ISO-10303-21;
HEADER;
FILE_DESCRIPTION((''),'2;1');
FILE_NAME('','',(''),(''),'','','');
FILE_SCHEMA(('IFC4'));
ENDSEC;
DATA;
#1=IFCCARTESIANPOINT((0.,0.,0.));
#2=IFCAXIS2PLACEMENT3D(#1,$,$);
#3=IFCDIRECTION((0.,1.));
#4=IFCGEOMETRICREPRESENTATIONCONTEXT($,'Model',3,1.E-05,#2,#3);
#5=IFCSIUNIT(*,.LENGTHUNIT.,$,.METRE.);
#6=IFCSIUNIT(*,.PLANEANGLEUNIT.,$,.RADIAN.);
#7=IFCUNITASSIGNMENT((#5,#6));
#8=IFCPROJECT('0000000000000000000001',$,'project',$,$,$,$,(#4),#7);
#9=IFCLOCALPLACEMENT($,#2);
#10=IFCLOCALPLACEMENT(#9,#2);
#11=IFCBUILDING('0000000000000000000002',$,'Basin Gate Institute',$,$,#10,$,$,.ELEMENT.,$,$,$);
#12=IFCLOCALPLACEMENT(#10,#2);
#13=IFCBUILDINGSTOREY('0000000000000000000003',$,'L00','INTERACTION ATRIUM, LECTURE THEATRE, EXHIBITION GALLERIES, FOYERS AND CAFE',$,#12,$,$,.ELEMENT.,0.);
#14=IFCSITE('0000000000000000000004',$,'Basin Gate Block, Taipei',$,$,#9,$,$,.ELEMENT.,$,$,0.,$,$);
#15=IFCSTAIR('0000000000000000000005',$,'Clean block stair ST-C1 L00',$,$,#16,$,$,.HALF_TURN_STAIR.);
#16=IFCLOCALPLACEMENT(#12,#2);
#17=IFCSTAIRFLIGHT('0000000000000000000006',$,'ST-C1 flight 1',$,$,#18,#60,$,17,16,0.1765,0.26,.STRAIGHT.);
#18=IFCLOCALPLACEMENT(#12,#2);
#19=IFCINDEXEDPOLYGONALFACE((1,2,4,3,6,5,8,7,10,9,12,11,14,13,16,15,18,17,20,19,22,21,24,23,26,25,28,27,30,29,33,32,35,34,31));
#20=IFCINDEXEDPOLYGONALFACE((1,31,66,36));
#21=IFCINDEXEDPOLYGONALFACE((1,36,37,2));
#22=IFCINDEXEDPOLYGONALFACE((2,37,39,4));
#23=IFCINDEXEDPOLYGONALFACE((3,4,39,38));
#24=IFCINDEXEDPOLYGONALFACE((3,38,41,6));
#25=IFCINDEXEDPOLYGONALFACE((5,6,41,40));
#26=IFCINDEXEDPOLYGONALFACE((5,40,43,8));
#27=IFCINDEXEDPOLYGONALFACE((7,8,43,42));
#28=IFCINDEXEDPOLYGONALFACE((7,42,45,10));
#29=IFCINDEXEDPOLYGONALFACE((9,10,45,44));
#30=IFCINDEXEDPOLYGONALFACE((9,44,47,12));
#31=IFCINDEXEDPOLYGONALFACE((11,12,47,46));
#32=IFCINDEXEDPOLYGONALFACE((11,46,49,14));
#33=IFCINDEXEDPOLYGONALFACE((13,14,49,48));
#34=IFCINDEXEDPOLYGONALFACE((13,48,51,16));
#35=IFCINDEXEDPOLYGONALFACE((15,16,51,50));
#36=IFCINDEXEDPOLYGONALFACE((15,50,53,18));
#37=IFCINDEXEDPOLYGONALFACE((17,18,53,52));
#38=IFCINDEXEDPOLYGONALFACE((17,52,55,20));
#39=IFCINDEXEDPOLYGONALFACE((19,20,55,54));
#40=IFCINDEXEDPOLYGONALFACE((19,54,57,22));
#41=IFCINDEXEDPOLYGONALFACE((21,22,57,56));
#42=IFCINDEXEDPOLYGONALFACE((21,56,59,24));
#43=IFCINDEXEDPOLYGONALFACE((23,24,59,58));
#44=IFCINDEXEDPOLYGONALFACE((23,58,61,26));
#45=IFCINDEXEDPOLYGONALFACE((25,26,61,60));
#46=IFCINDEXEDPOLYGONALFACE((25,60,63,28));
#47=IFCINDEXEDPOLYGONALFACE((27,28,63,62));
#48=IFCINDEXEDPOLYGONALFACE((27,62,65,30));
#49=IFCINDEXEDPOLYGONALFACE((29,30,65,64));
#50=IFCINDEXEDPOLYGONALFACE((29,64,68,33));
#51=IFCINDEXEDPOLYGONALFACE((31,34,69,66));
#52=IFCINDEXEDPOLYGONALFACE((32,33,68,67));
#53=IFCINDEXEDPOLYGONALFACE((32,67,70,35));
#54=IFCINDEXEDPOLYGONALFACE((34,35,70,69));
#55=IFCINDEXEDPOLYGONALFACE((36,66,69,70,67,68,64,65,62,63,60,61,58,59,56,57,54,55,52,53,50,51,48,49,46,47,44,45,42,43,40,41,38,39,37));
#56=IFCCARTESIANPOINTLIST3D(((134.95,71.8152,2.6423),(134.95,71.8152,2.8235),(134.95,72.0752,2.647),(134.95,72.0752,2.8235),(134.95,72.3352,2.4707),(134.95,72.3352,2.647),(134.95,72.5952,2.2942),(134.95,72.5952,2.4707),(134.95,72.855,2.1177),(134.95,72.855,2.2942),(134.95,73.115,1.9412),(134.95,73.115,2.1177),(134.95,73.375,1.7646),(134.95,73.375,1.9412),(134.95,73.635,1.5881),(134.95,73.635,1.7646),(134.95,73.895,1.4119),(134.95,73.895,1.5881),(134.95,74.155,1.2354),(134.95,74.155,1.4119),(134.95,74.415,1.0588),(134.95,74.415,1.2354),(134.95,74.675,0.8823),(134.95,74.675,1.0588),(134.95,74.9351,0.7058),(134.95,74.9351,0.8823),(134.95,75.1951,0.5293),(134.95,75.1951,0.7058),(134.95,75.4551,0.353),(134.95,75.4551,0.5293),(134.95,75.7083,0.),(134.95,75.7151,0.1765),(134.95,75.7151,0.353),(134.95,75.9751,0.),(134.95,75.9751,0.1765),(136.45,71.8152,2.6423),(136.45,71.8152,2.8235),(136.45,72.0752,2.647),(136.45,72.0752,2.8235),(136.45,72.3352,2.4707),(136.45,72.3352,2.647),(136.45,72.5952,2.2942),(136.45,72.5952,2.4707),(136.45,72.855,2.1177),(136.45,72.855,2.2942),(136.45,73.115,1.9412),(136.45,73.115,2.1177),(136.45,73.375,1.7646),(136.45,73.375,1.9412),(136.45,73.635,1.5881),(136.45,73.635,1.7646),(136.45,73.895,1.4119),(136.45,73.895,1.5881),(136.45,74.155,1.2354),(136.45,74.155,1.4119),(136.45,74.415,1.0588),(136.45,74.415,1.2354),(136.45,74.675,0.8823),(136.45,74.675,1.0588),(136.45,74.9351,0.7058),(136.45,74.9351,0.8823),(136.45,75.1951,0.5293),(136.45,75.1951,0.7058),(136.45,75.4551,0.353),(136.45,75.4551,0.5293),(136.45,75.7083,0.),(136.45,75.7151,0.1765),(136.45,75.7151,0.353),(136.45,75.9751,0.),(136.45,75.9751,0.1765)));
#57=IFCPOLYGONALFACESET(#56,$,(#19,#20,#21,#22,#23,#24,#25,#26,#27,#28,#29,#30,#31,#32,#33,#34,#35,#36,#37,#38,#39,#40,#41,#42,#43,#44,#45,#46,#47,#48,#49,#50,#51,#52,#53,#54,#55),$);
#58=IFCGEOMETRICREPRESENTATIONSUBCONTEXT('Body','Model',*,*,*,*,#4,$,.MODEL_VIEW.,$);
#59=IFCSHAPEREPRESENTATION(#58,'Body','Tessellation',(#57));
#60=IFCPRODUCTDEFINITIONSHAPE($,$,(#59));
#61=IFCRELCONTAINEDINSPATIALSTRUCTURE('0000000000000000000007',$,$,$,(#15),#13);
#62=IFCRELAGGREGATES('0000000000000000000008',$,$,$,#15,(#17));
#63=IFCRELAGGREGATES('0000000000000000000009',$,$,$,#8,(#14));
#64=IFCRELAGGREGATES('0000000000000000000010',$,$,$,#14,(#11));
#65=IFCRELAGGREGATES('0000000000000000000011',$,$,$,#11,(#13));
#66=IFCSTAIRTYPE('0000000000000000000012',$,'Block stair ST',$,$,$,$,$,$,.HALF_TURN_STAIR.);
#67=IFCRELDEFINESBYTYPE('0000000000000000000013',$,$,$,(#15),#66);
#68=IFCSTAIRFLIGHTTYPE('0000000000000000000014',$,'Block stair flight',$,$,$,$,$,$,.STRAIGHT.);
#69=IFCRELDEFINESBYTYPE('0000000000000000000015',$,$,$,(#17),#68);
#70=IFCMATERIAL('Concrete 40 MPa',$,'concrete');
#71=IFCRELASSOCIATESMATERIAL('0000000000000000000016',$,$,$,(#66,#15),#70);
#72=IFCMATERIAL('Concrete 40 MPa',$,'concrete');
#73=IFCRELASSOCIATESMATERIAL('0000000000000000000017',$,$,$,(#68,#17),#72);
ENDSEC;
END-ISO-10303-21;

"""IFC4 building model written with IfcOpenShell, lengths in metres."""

from ifc_helpers import new_model, si_unit, direction, frame, origin, place, context, subcontext, project, spatial, polyline, outline, extrude, material, type_object, element, aggregate, save


model = new_model("IFC4")

# Units and contexts
model_context = context("Model", 3, precision=1e-05, world=origin(), true_north=direction((0.0, 1.0)))
body_context = subcontext(model_context, "Body", "Model", "MODEL_VIEW")
ifc_project = project(units=[si_unit("LENGTHUNIT", "METRE"), si_unit("PLANEANGLEUNIT", "RADIAN")], contexts=[model_context])

# Site, building, storey
site_placement = place(None, origin())
site = spatial("IfcSite", under=ifc_project, at=site_placement, Name="Basin Gate Block, Taipei", CompositionType="ELEMENT", RefElevation=0.0)
building_placement = place(site_placement, origin())
building = spatial("IfcBuilding", under=site, at=building_placement, Name="Basin Gate Institute", CompositionType="ELEMENT")
storey_placement = place(building_placement, origin())
storey = spatial("IfcBuildingStorey", under=building, at=storey_placement, Name="L00", Description="INTERACTION ATRIUM, LECTURE THEATRE, EXHIBITION GALLERIES, FOYERS AND CAFE", CompositionType="ELEMENT", Elevation=0.0)

# Stair, stair flight
ifc_material_1 = material(Name="Concrete 40 MPa", Category="concrete")
stair_type = type_object("IfcStairType", Name="Block stair ST", PredefinedType="HALF_TURN_STAIR", material=ifc_material_1)
stair_placement = place(storey_placement, origin())
stair = element("IfcStair", 1, at=stair_placement, inside=storey, type_object=stair_type, material=ifc_material_1, Name="Clean block stair ST-C1 L00", PredefinedType="HALF_TURN_STAIR")
ifc_material_2 = material(Name="Concrete 40 MPa", Category="concrete")
stair_flight_type = type_object("IfcStairFlightType", Name="Block stair flight", PredefinedType="STRAIGHT", material=ifc_material_2)
stair_flight_placement = place(storey_placement, frame((135.7, 75.9751, 0.0), z_axis=(0.0, 0.0, 1.0), x_axis=(0.0, -1.0, 0.0)))
stair_flight = element("IfcStairFlight", 2, at=stair_flight_placement, type_object=stair_flight_type, material=ifc_material_2, Name="ST-C1 flight 1", NumberOfRisers=17, NumberOfTreads=16, PredefinedType="STRAIGHT", RiserHeight=0.1765, TreadLength=0.26, context=body_context, shape_type="SweptSolid", body=[
    extrude(outline(polyline([(0.0, 0.0), (0.0, 0.1765), (0.26, 0.1765), (0.26, 0.353), (0.52, 0.353), (0.52, 0.5293), (0.78, 0.5293), (0.78, 0.7058), (1.04, 0.7058), (1.04, 0.8823), (1.3, 0.8823), (1.3, 1.0588), (1.5601, 1.0588), (1.5601, 1.2354), (1.8201, 1.2354), (1.8201, 1.4119), (2.0801, 1.4119), (2.0801, 1.5881), (2.3401, 1.5881), (2.3401, 1.7646), (2.6001, 1.7646), (2.6001, 1.9412), (2.8601, 1.9412), (2.8601, 2.1177), (3.1201, 2.1177), (3.1201, 2.2942), (3.3799, 2.2942), (3.3799, 2.4707), (3.6399, 2.4707), (3.6399, 2.647), (3.8999, 2.647), (3.8999, 2.8235), (4.1599, 2.8235), (4.1599, 3.0), (4.1599, 2.6423), (0.2668, 0.0), (0.0, 0.0)])), frame((0.0, 0.75, 0.0), z_axis=(0.0, -1.0, 0.0), x_axis=(1.0, 0.0, 0.0)), (0.0, 0.0, 1.0), 1.5),
])
aggregate(stair, [stair_flight])

save(model, "model.ifc")
